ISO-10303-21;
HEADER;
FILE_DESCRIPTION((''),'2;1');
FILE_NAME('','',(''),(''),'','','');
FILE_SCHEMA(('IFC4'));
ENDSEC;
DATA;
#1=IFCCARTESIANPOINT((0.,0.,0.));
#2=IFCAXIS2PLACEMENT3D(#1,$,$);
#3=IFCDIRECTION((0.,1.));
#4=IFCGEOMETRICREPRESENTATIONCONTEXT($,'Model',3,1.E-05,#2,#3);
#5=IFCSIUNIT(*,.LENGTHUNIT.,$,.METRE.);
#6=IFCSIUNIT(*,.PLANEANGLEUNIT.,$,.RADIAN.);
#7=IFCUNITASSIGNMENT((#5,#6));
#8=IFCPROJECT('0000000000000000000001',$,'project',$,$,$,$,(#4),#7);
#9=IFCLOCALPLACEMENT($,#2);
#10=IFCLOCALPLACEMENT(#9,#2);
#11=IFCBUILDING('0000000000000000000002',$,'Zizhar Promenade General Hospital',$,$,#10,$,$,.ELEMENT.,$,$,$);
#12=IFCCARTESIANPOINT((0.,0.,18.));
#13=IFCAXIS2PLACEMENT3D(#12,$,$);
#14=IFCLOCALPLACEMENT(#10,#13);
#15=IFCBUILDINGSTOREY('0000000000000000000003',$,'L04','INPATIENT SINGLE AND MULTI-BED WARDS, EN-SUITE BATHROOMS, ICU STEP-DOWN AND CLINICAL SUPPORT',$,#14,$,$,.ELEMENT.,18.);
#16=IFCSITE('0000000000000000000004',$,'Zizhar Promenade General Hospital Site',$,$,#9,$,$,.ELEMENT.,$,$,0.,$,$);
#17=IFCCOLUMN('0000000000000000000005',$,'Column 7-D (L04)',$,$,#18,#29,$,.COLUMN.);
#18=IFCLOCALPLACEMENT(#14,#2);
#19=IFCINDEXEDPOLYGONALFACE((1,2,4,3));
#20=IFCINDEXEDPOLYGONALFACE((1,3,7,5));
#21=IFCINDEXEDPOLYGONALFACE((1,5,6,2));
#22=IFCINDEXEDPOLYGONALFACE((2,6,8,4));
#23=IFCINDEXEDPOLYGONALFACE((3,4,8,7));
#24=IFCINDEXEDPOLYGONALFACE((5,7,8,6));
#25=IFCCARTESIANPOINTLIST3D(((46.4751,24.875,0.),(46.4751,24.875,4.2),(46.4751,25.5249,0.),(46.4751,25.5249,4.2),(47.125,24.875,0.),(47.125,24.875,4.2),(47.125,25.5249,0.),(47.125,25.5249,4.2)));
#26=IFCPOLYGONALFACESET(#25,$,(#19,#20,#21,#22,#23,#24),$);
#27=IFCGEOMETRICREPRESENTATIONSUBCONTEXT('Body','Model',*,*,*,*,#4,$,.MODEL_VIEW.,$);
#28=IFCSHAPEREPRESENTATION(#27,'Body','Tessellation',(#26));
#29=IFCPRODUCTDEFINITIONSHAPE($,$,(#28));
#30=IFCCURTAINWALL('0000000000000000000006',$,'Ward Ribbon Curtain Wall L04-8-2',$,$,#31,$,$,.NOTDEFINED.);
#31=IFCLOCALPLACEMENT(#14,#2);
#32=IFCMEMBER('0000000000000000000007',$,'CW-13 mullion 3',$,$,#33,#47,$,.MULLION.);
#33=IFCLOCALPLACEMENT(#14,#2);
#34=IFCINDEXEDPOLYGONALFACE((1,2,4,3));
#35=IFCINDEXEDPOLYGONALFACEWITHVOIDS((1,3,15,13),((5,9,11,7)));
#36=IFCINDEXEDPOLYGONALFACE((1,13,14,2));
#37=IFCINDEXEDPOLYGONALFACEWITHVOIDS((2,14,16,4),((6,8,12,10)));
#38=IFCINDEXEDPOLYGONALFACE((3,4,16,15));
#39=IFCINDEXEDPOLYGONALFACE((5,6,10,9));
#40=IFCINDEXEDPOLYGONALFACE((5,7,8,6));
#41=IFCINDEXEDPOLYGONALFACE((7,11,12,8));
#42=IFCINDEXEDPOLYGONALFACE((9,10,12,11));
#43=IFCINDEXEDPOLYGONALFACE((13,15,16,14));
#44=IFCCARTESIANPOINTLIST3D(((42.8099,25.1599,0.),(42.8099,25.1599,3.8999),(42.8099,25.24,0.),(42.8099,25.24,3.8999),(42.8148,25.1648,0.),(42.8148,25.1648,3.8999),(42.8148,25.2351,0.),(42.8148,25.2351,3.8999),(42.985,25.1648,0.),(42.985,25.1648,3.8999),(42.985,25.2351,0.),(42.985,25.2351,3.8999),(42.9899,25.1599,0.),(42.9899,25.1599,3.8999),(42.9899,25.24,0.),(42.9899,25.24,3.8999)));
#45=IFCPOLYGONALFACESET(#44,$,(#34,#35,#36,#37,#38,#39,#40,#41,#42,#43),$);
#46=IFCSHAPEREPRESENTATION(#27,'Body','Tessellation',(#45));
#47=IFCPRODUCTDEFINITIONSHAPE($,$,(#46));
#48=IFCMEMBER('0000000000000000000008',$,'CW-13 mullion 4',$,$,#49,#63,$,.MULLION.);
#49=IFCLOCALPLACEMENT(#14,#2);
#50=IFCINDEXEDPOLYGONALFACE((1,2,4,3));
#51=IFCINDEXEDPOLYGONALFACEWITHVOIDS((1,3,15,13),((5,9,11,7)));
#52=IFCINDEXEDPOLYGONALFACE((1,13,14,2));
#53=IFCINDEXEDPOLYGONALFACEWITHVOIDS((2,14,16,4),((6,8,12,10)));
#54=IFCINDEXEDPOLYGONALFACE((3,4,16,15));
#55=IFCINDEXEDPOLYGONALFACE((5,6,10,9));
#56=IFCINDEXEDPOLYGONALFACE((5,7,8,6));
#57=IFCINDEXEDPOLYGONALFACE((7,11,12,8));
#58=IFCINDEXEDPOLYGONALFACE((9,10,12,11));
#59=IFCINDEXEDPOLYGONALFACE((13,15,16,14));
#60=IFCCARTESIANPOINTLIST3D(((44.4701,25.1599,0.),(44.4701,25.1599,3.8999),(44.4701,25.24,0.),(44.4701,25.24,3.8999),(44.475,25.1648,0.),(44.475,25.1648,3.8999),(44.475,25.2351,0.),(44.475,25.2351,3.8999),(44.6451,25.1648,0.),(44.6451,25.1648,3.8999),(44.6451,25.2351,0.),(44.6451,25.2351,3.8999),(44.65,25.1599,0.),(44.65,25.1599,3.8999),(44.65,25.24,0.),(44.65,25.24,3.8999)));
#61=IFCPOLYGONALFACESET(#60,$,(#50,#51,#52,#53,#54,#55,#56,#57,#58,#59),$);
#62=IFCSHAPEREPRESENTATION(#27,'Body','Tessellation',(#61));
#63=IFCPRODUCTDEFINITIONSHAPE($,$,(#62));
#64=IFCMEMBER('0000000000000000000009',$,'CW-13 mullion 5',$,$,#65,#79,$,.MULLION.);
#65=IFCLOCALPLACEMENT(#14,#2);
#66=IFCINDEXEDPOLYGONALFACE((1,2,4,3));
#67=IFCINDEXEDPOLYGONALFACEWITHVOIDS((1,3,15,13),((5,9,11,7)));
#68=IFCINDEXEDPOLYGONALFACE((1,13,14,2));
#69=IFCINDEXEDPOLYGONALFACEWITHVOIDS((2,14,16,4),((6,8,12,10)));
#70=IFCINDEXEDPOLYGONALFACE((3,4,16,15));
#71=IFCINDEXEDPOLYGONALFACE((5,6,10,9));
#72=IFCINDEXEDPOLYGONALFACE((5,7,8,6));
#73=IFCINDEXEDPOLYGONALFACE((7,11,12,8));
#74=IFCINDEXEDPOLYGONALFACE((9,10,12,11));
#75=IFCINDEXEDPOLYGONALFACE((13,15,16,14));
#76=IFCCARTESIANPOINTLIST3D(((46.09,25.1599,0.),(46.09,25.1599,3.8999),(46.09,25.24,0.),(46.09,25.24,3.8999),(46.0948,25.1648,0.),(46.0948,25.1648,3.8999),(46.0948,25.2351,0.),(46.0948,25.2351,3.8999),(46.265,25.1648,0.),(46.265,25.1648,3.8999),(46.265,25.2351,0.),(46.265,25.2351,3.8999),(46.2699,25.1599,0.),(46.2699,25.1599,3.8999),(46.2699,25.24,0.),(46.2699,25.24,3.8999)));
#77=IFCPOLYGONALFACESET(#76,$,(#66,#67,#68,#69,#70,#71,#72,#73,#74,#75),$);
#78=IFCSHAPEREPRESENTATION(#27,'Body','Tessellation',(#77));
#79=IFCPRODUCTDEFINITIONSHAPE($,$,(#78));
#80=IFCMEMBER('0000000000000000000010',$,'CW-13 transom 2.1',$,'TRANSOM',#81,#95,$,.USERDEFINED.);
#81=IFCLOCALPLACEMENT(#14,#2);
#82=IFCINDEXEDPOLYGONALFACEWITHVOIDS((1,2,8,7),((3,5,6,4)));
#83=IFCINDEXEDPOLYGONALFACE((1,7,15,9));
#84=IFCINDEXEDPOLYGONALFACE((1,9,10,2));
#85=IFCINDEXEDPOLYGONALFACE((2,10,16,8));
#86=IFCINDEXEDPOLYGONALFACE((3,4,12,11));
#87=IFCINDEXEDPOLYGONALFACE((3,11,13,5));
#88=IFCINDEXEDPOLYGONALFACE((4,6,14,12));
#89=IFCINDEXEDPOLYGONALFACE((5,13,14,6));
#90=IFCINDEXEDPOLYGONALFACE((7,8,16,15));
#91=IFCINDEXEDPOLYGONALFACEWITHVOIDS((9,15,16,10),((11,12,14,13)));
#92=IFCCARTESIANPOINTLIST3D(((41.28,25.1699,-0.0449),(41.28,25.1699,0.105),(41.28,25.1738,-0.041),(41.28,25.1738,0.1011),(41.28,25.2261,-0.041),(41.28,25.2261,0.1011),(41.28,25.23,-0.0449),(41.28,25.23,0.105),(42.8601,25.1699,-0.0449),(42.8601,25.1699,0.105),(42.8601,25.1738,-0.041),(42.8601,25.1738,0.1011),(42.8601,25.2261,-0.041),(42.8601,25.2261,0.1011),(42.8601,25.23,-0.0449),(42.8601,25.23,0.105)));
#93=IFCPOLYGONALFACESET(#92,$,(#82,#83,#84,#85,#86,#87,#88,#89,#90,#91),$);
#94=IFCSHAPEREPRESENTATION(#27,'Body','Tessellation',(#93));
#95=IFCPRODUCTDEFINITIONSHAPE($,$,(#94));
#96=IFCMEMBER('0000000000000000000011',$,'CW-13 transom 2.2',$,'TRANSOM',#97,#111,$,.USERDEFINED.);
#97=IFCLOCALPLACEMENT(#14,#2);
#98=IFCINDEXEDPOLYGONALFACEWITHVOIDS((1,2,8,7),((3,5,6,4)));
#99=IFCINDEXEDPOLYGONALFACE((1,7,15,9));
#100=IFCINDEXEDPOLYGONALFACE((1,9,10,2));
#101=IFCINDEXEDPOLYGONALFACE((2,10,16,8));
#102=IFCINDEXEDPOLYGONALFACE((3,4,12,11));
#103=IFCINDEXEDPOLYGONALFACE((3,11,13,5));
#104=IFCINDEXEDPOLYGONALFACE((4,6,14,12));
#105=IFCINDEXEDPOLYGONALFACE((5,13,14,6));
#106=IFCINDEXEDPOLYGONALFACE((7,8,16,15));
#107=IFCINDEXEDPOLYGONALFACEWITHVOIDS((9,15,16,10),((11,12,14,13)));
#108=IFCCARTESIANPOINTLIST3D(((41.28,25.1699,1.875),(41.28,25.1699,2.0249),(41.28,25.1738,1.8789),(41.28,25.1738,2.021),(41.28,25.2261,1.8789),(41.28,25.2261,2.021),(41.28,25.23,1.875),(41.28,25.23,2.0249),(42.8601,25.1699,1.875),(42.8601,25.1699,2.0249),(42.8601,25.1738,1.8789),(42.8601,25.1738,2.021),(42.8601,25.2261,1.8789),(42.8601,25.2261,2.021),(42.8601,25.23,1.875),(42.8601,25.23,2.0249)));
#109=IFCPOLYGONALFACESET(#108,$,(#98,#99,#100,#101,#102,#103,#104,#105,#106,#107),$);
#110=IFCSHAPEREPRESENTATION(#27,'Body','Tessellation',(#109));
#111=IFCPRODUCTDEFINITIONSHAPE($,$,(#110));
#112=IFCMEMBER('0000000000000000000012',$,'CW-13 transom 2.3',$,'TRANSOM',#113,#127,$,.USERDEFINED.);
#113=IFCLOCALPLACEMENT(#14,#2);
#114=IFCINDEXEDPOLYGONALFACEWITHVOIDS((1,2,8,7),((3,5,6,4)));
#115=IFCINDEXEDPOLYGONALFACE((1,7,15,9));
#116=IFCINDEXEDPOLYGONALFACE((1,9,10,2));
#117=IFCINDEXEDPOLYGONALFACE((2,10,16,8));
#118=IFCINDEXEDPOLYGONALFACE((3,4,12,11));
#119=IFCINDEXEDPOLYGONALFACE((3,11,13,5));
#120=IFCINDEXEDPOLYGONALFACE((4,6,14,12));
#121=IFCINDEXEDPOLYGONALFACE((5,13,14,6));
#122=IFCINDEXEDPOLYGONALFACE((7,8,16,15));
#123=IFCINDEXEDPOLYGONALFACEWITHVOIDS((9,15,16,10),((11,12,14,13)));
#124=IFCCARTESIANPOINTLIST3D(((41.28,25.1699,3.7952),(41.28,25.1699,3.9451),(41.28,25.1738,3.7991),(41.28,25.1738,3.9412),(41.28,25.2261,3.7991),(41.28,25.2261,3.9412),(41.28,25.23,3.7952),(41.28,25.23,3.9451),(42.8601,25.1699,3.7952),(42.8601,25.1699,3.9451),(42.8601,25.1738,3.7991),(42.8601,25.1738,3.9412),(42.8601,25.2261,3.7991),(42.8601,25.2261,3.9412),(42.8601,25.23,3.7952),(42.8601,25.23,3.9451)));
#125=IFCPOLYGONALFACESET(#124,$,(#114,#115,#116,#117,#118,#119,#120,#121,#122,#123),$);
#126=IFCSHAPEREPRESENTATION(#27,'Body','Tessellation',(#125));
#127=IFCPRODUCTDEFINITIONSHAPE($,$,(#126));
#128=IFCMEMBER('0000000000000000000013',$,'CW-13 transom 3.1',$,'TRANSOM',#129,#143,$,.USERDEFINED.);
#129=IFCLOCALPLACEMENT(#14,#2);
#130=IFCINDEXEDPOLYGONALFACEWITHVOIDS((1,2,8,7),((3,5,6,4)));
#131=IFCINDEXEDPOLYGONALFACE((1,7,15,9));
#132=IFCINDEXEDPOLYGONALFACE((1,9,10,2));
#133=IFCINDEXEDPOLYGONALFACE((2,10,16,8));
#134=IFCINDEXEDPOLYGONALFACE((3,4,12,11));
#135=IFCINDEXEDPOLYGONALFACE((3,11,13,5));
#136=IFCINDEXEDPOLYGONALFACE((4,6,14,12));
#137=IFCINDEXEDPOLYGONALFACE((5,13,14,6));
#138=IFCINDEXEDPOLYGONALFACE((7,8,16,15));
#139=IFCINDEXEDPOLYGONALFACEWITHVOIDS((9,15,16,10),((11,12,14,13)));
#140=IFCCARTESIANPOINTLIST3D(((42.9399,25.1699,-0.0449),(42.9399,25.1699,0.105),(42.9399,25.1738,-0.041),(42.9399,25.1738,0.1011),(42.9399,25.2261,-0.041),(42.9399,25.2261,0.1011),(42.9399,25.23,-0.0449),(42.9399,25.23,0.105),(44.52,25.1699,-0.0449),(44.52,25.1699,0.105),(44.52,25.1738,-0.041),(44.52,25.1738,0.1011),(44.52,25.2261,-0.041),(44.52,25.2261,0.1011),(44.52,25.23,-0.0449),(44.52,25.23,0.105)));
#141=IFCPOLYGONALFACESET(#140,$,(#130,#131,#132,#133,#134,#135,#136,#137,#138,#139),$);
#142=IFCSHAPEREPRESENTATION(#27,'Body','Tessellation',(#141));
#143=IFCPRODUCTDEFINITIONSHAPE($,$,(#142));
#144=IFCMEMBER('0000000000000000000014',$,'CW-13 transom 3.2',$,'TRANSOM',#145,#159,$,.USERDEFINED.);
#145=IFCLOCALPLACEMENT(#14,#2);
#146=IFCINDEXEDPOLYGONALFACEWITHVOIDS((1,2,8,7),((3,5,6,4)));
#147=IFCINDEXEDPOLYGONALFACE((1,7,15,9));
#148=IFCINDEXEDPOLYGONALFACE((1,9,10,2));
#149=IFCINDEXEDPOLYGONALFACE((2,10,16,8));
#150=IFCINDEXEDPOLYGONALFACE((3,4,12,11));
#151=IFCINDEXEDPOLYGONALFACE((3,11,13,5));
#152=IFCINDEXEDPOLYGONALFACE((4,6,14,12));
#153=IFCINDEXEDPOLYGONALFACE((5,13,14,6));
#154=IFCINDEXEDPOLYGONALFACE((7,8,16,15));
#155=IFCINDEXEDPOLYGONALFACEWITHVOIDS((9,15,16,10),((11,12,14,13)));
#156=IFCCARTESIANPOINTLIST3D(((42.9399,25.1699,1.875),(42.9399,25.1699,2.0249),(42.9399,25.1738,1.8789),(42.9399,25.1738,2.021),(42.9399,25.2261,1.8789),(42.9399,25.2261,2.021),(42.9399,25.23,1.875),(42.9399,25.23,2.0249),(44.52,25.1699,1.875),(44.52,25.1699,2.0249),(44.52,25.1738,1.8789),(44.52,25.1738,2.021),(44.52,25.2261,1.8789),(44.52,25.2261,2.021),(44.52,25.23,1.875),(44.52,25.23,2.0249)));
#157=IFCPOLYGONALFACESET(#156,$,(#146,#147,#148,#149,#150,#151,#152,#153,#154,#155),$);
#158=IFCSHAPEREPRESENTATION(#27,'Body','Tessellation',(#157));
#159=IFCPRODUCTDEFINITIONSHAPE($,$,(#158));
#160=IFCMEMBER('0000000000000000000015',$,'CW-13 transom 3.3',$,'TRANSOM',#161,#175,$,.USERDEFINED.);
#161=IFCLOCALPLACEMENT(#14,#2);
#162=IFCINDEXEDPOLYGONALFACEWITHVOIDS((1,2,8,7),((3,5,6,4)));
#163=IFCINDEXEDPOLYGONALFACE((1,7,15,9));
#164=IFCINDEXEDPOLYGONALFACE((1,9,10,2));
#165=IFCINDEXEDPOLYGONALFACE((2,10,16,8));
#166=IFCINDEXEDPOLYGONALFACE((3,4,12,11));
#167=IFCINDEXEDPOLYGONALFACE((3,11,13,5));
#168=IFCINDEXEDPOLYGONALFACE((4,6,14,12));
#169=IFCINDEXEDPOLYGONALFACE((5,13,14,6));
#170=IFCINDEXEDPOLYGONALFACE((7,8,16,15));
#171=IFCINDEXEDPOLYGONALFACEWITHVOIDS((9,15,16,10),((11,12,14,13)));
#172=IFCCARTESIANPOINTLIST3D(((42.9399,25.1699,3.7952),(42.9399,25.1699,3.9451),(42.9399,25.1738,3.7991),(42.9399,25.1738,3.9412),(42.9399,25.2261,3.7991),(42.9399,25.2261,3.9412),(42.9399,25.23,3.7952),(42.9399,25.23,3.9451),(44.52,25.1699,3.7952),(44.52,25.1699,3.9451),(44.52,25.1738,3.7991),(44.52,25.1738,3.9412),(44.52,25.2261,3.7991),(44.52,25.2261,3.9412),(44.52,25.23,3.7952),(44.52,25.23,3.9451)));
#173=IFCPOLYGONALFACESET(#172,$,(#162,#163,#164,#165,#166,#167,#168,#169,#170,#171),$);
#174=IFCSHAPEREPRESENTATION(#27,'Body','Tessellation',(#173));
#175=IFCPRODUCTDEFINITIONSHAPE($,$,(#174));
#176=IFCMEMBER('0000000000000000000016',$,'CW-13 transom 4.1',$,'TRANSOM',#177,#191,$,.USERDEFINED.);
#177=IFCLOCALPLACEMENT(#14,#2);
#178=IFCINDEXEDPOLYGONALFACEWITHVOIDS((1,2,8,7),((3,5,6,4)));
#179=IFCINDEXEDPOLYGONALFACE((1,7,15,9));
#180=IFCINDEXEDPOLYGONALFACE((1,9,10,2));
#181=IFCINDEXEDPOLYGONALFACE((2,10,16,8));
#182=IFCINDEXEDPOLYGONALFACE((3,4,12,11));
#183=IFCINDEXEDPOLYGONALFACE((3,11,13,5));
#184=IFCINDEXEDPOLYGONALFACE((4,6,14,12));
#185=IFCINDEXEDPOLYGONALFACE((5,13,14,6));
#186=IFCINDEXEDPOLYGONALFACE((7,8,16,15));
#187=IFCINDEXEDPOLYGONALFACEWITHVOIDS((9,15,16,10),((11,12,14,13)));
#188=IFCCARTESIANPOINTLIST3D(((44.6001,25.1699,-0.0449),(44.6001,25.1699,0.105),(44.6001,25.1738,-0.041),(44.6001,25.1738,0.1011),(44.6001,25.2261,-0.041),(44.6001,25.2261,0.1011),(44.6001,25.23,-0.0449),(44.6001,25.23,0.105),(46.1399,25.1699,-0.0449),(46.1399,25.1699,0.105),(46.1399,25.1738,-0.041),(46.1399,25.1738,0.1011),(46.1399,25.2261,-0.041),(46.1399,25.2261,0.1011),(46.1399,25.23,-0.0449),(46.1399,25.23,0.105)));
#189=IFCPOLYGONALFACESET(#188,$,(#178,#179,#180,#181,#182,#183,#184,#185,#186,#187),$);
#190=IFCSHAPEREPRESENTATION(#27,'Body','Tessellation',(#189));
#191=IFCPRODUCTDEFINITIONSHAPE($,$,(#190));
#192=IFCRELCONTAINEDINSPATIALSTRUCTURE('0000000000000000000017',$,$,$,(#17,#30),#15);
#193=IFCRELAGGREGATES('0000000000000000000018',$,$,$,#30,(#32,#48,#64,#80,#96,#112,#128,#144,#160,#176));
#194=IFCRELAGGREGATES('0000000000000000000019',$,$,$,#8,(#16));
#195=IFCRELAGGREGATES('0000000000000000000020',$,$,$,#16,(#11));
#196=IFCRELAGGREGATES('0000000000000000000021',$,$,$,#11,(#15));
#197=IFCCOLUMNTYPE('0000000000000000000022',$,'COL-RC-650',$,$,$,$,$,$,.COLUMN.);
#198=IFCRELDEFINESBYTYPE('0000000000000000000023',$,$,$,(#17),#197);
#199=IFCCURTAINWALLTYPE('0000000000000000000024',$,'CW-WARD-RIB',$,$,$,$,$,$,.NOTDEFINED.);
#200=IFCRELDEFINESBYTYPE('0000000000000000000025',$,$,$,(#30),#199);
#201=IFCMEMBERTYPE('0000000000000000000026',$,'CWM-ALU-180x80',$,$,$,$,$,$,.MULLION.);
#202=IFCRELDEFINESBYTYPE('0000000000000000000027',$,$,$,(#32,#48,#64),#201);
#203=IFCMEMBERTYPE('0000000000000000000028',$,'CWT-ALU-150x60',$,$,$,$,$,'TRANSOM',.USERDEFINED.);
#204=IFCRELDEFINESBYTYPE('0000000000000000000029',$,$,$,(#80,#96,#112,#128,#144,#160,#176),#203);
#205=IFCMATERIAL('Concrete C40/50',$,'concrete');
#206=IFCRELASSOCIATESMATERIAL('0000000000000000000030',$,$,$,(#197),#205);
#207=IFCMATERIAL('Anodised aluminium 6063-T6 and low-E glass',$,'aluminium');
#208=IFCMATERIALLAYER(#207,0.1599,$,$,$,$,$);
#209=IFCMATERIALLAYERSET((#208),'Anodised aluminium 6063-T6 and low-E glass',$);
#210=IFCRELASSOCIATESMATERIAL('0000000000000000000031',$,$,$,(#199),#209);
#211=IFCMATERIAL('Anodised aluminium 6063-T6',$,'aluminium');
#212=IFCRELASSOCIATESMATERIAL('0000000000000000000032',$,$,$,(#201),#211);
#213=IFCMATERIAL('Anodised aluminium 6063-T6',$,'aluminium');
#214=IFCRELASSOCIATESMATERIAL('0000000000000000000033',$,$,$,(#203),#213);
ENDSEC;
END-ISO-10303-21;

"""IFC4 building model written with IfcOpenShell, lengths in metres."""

from ifc_helpers import new_model, si_unit, direction, frame, origin, origin_2d, place, context, subcontext, project, spatial, rectangle, hollow_rectangle, extrude, material, layer, layer_set, material_profile, profile_set, type_object, element, aggregate, save


model = new_model("IFC4")

# Units and contexts
model_context = context("Model", 3, precision=1e-05, world=origin(), true_north=direction((0.0, 1.0)))
body_context = subcontext(model_context, "Body", "Model", "MODEL_VIEW")
ifc_project = project(units=[si_unit("LENGTHUNIT", "METRE"), si_unit("PLANEANGLEUNIT", "RADIAN")], contexts=[model_context])

# Site, building, storey
site_placement = place(None, origin())
site = spatial("IfcSite", under=ifc_project, at=site_placement, Name="Zizhar Promenade General Hospital Site", CompositionType="ELEMENT", RefElevation=0.0)
building_placement = place(site_placement, origin())
building = spatial("IfcBuilding", under=site, at=building_placement, Name="Zizhar Promenade General Hospital", CompositionType="ELEMENT")
storey_placement = place(building_placement, frame((0.0, 0.0, 18.0)))
storey = spatial("IfcBuildingStorey", under=building, at=storey_placement, Name="L04", Description="INPATIENT SINGLE AND MULTI-BED WARDS, EN-SUITE BATHROOMS, ICU STEP-DOWN AND CLINICAL SUPPORT", CompositionType="ELEMENT", Elevation=18.0)

# Column
ifc_material_1 = material(Name="Concrete C40/50", Category="concrete")
ifc_material_profile_1 = material_profile(ifc_material_1, rectangle(XDim=0.6499, YDim=0.6499, at=origin_2d()))
ifc_profile_set_1 = profile_set([ifc_material_profile_1], Name="Concrete C40/50")
column_type = type_object("IfcColumnType", Name="COL-RC-650", PredefinedType="COLUMN", material=ifc_profile_set_1)
column_placement = place(storey_placement, frame((46.8, 25.2, 0.0), z_axis=(0.0, 0.0, 1.0), x_axis=(1.0, 0.0, 0.0)))
element("IfcColumn", 1, at=column_placement, inside=storey, type_object=column_type, Name="Column 7-D (L04)", PredefinedType="COLUMN", context=body_context, shape_type="SweptSolid", body=[
    extrude(rectangle(XDim=0.6499, YDim=0.6499, at=origin_2d()), origin(), (0.0, 0.0, 1.0), 4.2),
])

# Curtain wall, members
ifc_material_2 = material(Name="Anodised aluminium 6063-T6 and low-E glass", Category="aluminium")
ifc_layer_1 = layer(ifc_material_2, 0.1599)
ifc_layer_set_1 = layer_set([ifc_layer_1], Name="Anodised aluminium 6063-T6 and low-E glass")
curtain_wall_type = type_object("IfcCurtainWallType", Name="CW-WARD-RIB", PredefinedType="NOTDEFINED", material=ifc_layer_set_1)
curtain_wall_placement = place(storey_placement, origin())
curtain_wall = element("IfcCurtainWall", 2, at=curtain_wall_placement, inside=storey, type_object=curtain_wall_type, Name="Ward Ribbon Curtain Wall L04-8-2", PredefinedType="NOTDEFINED")
ifc_material_3 = material(Name="Anodised aluminium 6063-T6", Category="aluminium")
ifc_material_profile_2 = material_profile(ifc_material_3, hollow_rectangle(XDim=0.0801, YDim=0.1799, WallThickness=0.0049, at=origin_2d()))
ifc_profile_set_2 = profile_set([ifc_material_profile_2], Name="Anodised aluminium 6063-T6")
member_type_1 = type_object("IfcMemberType", Name="CWM-ALU-180x80", PredefinedType="MULLION", material=ifc_profile_set_2)
member_1_placement = place(storey_placement, frame((42.8999, 25.2, 0.0), z_axis=(0.0, 0.0, 1.0), x_axis=(0.0, 1.0, 0.0)))
member_1 = element("IfcMember", 3, at=member_1_placement, type_object=member_type_1, Name="CW-13 mullion 3", PredefinedType="MULLION", context=body_context, shape_type="SweptSolid", body=[
    extrude(hollow_rectangle(XDim=0.0801, YDim=0.1799, WallThickness=0.0049, at=origin_2d()), origin(), (0.0, 0.0, 1.0), 3.8999),
])
member_2_placement = place(storey_placement, frame((44.5601, 25.2, 0.0), z_axis=(0.0, 0.0, 1.0), x_axis=(0.0, 1.0, 0.0)))
member_2 = element("IfcMember", 4, at=member_2_placement, type_object=member_type_1, Name="CW-13 mullion 4", PredefinedType="MULLION", context=body_context, shape_type="SweptSolid", body=[
    extrude(hollow_rectangle(XDim=0.0801, YDim=0.1799, WallThickness=0.0049, at=origin_2d()), origin(), (0.0, 0.0, 1.0), 3.8999),
])
member_3_placement = place(storey_placement, frame((46.1799, 25.2, 0.0), z_axis=(0.0, 0.0, 1.0), x_axis=(0.0, 1.0, 0.0)))
member_3 = element("IfcMember", 5, at=member_3_placement, type_object=member_type_1, Name="CW-13 mullion 5", PredefinedType="MULLION", context=body_context, shape_type="SweptSolid", body=[
    extrude(hollow_rectangle(XDim=0.0801, YDim=0.1799, WallThickness=0.0049, at=origin_2d()), origin(), (0.0, 0.0, 1.0), 3.8999),
])
ifc_material_4 = material(Name="Anodised aluminium 6063-T6", Category="aluminium")
ifc_material_profile_3 = material_profile(ifc_material_4, hollow_rectangle(XDim=0.0601, YDim=0.1499, WallThickness=0.0039, at=origin_2d()))
ifc_profile_set_3 = profile_set([ifc_material_profile_3], Name="Anodised aluminium 6063-T6")
member_type_2 = type_object("IfcMemberType", Name="CWT-ALU-150x60", ElementType="TRANSOM", PredefinedType="USERDEFINED", material=ifc_profile_set_3)
member_4_placement = place(storey_placement, frame((41.28, 25.2, 0.03), z_axis=(1.0, 0.0, 0.0), x_axis=(0.0, 1.0, 0.0)))
member_4 = element("IfcMember", 6, at=member_4_placement, type_object=member_type_2, Name="CW-13 transom 2.1", ObjectType="TRANSOM", PredefinedType="USERDEFINED", context=body_context, shape_type="SweptSolid", body=[
    extrude(hollow_rectangle(XDim=0.0601, YDim=0.1499, WallThickness=0.0039, at=origin_2d()), origin(), (0.0, 0.0, 1.0), 1.5801),
])
member_5_placement = place(storey_placement, frame((41.28, 25.2, 1.95), z_axis=(1.0, 0.0, 0.0), x_axis=(0.0, 1.0, 0.0)))
member_5 = element("IfcMember", 7, at=member_5_placement, type_object=member_type_2, Name="CW-13 transom 2.2", ObjectType="TRANSOM", PredefinedType="USERDEFINED", context=body_context, shape_type="SweptSolid", body=[
    extrude(hollow_rectangle(XDim=0.0601, YDim=0.1499, WallThickness=0.0039, at=origin_2d()), origin(), (0.0, 0.0, 1.0), 1.5801),
])
member_6_placement = place(storey_placement, frame((41.28, 25.2, 3.8701), z_axis=(1.0, 0.0, 0.0), x_axis=(0.0, 1.0, 0.0)))
member_6 = element("IfcMember", 8, at=member_6_placement, type_object=member_type_2, Name="CW-13 transom 2.3", ObjectType="TRANSOM", PredefinedType="USERDEFINED", context=body_context, shape_type="SweptSolid", body=[
    extrude(hollow_rectangle(XDim=0.0601, YDim=0.1499, WallThickness=0.0039, at=origin_2d()), origin(), (0.0, 0.0, 1.0), 1.5801),
])
member_7_placement = place(storey_placement, frame((42.9399, 25.2, 0.03), z_axis=(1.0, 0.0, 0.0), x_axis=(0.0, 1.0, 0.0)))
member_7 = element("IfcMember", 9, at=member_7_placement, type_object=member_type_2, Name="CW-13 transom 3.1", ObjectType="TRANSOM", PredefinedType="USERDEFINED", context=body_context, shape_type="SweptSolid", body=[
    extrude(hollow_rectangle(XDim=0.0601, YDim=0.1499, WallThickness=0.0039, at=origin_2d()), origin(), (0.0, 0.0, 1.0), 1.5801),
])
member_8_placement = place(storey_placement, frame((42.9399, 25.2, 1.95), z_axis=(1.0, 0.0, 0.0), x_axis=(0.0, 1.0, 0.0)))
member_8 = element("IfcMember", 10, at=member_8_placement, type_object=member_type_2, Name="CW-13 transom 3.2", ObjectType="TRANSOM", PredefinedType="USERDEFINED", context=body_context, shape_type="SweptSolid", body=[
    extrude(hollow_rectangle(XDim=0.0601, YDim=0.1499, WallThickness=0.0039, at=origin_2d()), origin(), (0.0, 0.0, 1.0), 1.5801),
])
member_9_placement = place(storey_placement, frame((42.9399, 25.2, 3.8701), z_axis=(1.0, 0.0, 0.0), x_axis=(0.0, 1.0, 0.0)))
member_9 = element("IfcMember", 11, at=member_9_placement, type_object=member_type_2, Name="CW-13 transom 3.3", ObjectType="TRANSOM", PredefinedType="USERDEFINED", context=body_context, shape_type="SweptSolid", body=[
    extrude(hollow_rectangle(XDim=0.0601, YDim=0.1499, WallThickness=0.0039, at=origin_2d()), origin(), (0.0, 0.0, 1.0), 1.5801),
])
member_10_placement = place(storey_placement, frame((44.6001, 25.2, 0.03), z_axis=(1.0, 0.0, 0.0), x_axis=(0.0, 1.0, 0.0)))
member_10 = element("IfcMember", 12, at=member_10_placement, type_object=member_type_2, Name="CW-13 transom 4.1", ObjectType="TRANSOM", PredefinedType="USERDEFINED", context=body_context, shape_type="SweptSolid", body=[
    extrude(hollow_rectangle(XDim=0.0601, YDim=0.1499, WallThickness=0.0039, at=origin_2d()), origin(), (0.0, 0.0, 1.0), 1.5398),
])
aggregate(curtain_wall, [member_1, member_2, member_3, member_4, member_5, member_6, member_7, member_8, member_9, member_10])

save(model, "model.ifc")
